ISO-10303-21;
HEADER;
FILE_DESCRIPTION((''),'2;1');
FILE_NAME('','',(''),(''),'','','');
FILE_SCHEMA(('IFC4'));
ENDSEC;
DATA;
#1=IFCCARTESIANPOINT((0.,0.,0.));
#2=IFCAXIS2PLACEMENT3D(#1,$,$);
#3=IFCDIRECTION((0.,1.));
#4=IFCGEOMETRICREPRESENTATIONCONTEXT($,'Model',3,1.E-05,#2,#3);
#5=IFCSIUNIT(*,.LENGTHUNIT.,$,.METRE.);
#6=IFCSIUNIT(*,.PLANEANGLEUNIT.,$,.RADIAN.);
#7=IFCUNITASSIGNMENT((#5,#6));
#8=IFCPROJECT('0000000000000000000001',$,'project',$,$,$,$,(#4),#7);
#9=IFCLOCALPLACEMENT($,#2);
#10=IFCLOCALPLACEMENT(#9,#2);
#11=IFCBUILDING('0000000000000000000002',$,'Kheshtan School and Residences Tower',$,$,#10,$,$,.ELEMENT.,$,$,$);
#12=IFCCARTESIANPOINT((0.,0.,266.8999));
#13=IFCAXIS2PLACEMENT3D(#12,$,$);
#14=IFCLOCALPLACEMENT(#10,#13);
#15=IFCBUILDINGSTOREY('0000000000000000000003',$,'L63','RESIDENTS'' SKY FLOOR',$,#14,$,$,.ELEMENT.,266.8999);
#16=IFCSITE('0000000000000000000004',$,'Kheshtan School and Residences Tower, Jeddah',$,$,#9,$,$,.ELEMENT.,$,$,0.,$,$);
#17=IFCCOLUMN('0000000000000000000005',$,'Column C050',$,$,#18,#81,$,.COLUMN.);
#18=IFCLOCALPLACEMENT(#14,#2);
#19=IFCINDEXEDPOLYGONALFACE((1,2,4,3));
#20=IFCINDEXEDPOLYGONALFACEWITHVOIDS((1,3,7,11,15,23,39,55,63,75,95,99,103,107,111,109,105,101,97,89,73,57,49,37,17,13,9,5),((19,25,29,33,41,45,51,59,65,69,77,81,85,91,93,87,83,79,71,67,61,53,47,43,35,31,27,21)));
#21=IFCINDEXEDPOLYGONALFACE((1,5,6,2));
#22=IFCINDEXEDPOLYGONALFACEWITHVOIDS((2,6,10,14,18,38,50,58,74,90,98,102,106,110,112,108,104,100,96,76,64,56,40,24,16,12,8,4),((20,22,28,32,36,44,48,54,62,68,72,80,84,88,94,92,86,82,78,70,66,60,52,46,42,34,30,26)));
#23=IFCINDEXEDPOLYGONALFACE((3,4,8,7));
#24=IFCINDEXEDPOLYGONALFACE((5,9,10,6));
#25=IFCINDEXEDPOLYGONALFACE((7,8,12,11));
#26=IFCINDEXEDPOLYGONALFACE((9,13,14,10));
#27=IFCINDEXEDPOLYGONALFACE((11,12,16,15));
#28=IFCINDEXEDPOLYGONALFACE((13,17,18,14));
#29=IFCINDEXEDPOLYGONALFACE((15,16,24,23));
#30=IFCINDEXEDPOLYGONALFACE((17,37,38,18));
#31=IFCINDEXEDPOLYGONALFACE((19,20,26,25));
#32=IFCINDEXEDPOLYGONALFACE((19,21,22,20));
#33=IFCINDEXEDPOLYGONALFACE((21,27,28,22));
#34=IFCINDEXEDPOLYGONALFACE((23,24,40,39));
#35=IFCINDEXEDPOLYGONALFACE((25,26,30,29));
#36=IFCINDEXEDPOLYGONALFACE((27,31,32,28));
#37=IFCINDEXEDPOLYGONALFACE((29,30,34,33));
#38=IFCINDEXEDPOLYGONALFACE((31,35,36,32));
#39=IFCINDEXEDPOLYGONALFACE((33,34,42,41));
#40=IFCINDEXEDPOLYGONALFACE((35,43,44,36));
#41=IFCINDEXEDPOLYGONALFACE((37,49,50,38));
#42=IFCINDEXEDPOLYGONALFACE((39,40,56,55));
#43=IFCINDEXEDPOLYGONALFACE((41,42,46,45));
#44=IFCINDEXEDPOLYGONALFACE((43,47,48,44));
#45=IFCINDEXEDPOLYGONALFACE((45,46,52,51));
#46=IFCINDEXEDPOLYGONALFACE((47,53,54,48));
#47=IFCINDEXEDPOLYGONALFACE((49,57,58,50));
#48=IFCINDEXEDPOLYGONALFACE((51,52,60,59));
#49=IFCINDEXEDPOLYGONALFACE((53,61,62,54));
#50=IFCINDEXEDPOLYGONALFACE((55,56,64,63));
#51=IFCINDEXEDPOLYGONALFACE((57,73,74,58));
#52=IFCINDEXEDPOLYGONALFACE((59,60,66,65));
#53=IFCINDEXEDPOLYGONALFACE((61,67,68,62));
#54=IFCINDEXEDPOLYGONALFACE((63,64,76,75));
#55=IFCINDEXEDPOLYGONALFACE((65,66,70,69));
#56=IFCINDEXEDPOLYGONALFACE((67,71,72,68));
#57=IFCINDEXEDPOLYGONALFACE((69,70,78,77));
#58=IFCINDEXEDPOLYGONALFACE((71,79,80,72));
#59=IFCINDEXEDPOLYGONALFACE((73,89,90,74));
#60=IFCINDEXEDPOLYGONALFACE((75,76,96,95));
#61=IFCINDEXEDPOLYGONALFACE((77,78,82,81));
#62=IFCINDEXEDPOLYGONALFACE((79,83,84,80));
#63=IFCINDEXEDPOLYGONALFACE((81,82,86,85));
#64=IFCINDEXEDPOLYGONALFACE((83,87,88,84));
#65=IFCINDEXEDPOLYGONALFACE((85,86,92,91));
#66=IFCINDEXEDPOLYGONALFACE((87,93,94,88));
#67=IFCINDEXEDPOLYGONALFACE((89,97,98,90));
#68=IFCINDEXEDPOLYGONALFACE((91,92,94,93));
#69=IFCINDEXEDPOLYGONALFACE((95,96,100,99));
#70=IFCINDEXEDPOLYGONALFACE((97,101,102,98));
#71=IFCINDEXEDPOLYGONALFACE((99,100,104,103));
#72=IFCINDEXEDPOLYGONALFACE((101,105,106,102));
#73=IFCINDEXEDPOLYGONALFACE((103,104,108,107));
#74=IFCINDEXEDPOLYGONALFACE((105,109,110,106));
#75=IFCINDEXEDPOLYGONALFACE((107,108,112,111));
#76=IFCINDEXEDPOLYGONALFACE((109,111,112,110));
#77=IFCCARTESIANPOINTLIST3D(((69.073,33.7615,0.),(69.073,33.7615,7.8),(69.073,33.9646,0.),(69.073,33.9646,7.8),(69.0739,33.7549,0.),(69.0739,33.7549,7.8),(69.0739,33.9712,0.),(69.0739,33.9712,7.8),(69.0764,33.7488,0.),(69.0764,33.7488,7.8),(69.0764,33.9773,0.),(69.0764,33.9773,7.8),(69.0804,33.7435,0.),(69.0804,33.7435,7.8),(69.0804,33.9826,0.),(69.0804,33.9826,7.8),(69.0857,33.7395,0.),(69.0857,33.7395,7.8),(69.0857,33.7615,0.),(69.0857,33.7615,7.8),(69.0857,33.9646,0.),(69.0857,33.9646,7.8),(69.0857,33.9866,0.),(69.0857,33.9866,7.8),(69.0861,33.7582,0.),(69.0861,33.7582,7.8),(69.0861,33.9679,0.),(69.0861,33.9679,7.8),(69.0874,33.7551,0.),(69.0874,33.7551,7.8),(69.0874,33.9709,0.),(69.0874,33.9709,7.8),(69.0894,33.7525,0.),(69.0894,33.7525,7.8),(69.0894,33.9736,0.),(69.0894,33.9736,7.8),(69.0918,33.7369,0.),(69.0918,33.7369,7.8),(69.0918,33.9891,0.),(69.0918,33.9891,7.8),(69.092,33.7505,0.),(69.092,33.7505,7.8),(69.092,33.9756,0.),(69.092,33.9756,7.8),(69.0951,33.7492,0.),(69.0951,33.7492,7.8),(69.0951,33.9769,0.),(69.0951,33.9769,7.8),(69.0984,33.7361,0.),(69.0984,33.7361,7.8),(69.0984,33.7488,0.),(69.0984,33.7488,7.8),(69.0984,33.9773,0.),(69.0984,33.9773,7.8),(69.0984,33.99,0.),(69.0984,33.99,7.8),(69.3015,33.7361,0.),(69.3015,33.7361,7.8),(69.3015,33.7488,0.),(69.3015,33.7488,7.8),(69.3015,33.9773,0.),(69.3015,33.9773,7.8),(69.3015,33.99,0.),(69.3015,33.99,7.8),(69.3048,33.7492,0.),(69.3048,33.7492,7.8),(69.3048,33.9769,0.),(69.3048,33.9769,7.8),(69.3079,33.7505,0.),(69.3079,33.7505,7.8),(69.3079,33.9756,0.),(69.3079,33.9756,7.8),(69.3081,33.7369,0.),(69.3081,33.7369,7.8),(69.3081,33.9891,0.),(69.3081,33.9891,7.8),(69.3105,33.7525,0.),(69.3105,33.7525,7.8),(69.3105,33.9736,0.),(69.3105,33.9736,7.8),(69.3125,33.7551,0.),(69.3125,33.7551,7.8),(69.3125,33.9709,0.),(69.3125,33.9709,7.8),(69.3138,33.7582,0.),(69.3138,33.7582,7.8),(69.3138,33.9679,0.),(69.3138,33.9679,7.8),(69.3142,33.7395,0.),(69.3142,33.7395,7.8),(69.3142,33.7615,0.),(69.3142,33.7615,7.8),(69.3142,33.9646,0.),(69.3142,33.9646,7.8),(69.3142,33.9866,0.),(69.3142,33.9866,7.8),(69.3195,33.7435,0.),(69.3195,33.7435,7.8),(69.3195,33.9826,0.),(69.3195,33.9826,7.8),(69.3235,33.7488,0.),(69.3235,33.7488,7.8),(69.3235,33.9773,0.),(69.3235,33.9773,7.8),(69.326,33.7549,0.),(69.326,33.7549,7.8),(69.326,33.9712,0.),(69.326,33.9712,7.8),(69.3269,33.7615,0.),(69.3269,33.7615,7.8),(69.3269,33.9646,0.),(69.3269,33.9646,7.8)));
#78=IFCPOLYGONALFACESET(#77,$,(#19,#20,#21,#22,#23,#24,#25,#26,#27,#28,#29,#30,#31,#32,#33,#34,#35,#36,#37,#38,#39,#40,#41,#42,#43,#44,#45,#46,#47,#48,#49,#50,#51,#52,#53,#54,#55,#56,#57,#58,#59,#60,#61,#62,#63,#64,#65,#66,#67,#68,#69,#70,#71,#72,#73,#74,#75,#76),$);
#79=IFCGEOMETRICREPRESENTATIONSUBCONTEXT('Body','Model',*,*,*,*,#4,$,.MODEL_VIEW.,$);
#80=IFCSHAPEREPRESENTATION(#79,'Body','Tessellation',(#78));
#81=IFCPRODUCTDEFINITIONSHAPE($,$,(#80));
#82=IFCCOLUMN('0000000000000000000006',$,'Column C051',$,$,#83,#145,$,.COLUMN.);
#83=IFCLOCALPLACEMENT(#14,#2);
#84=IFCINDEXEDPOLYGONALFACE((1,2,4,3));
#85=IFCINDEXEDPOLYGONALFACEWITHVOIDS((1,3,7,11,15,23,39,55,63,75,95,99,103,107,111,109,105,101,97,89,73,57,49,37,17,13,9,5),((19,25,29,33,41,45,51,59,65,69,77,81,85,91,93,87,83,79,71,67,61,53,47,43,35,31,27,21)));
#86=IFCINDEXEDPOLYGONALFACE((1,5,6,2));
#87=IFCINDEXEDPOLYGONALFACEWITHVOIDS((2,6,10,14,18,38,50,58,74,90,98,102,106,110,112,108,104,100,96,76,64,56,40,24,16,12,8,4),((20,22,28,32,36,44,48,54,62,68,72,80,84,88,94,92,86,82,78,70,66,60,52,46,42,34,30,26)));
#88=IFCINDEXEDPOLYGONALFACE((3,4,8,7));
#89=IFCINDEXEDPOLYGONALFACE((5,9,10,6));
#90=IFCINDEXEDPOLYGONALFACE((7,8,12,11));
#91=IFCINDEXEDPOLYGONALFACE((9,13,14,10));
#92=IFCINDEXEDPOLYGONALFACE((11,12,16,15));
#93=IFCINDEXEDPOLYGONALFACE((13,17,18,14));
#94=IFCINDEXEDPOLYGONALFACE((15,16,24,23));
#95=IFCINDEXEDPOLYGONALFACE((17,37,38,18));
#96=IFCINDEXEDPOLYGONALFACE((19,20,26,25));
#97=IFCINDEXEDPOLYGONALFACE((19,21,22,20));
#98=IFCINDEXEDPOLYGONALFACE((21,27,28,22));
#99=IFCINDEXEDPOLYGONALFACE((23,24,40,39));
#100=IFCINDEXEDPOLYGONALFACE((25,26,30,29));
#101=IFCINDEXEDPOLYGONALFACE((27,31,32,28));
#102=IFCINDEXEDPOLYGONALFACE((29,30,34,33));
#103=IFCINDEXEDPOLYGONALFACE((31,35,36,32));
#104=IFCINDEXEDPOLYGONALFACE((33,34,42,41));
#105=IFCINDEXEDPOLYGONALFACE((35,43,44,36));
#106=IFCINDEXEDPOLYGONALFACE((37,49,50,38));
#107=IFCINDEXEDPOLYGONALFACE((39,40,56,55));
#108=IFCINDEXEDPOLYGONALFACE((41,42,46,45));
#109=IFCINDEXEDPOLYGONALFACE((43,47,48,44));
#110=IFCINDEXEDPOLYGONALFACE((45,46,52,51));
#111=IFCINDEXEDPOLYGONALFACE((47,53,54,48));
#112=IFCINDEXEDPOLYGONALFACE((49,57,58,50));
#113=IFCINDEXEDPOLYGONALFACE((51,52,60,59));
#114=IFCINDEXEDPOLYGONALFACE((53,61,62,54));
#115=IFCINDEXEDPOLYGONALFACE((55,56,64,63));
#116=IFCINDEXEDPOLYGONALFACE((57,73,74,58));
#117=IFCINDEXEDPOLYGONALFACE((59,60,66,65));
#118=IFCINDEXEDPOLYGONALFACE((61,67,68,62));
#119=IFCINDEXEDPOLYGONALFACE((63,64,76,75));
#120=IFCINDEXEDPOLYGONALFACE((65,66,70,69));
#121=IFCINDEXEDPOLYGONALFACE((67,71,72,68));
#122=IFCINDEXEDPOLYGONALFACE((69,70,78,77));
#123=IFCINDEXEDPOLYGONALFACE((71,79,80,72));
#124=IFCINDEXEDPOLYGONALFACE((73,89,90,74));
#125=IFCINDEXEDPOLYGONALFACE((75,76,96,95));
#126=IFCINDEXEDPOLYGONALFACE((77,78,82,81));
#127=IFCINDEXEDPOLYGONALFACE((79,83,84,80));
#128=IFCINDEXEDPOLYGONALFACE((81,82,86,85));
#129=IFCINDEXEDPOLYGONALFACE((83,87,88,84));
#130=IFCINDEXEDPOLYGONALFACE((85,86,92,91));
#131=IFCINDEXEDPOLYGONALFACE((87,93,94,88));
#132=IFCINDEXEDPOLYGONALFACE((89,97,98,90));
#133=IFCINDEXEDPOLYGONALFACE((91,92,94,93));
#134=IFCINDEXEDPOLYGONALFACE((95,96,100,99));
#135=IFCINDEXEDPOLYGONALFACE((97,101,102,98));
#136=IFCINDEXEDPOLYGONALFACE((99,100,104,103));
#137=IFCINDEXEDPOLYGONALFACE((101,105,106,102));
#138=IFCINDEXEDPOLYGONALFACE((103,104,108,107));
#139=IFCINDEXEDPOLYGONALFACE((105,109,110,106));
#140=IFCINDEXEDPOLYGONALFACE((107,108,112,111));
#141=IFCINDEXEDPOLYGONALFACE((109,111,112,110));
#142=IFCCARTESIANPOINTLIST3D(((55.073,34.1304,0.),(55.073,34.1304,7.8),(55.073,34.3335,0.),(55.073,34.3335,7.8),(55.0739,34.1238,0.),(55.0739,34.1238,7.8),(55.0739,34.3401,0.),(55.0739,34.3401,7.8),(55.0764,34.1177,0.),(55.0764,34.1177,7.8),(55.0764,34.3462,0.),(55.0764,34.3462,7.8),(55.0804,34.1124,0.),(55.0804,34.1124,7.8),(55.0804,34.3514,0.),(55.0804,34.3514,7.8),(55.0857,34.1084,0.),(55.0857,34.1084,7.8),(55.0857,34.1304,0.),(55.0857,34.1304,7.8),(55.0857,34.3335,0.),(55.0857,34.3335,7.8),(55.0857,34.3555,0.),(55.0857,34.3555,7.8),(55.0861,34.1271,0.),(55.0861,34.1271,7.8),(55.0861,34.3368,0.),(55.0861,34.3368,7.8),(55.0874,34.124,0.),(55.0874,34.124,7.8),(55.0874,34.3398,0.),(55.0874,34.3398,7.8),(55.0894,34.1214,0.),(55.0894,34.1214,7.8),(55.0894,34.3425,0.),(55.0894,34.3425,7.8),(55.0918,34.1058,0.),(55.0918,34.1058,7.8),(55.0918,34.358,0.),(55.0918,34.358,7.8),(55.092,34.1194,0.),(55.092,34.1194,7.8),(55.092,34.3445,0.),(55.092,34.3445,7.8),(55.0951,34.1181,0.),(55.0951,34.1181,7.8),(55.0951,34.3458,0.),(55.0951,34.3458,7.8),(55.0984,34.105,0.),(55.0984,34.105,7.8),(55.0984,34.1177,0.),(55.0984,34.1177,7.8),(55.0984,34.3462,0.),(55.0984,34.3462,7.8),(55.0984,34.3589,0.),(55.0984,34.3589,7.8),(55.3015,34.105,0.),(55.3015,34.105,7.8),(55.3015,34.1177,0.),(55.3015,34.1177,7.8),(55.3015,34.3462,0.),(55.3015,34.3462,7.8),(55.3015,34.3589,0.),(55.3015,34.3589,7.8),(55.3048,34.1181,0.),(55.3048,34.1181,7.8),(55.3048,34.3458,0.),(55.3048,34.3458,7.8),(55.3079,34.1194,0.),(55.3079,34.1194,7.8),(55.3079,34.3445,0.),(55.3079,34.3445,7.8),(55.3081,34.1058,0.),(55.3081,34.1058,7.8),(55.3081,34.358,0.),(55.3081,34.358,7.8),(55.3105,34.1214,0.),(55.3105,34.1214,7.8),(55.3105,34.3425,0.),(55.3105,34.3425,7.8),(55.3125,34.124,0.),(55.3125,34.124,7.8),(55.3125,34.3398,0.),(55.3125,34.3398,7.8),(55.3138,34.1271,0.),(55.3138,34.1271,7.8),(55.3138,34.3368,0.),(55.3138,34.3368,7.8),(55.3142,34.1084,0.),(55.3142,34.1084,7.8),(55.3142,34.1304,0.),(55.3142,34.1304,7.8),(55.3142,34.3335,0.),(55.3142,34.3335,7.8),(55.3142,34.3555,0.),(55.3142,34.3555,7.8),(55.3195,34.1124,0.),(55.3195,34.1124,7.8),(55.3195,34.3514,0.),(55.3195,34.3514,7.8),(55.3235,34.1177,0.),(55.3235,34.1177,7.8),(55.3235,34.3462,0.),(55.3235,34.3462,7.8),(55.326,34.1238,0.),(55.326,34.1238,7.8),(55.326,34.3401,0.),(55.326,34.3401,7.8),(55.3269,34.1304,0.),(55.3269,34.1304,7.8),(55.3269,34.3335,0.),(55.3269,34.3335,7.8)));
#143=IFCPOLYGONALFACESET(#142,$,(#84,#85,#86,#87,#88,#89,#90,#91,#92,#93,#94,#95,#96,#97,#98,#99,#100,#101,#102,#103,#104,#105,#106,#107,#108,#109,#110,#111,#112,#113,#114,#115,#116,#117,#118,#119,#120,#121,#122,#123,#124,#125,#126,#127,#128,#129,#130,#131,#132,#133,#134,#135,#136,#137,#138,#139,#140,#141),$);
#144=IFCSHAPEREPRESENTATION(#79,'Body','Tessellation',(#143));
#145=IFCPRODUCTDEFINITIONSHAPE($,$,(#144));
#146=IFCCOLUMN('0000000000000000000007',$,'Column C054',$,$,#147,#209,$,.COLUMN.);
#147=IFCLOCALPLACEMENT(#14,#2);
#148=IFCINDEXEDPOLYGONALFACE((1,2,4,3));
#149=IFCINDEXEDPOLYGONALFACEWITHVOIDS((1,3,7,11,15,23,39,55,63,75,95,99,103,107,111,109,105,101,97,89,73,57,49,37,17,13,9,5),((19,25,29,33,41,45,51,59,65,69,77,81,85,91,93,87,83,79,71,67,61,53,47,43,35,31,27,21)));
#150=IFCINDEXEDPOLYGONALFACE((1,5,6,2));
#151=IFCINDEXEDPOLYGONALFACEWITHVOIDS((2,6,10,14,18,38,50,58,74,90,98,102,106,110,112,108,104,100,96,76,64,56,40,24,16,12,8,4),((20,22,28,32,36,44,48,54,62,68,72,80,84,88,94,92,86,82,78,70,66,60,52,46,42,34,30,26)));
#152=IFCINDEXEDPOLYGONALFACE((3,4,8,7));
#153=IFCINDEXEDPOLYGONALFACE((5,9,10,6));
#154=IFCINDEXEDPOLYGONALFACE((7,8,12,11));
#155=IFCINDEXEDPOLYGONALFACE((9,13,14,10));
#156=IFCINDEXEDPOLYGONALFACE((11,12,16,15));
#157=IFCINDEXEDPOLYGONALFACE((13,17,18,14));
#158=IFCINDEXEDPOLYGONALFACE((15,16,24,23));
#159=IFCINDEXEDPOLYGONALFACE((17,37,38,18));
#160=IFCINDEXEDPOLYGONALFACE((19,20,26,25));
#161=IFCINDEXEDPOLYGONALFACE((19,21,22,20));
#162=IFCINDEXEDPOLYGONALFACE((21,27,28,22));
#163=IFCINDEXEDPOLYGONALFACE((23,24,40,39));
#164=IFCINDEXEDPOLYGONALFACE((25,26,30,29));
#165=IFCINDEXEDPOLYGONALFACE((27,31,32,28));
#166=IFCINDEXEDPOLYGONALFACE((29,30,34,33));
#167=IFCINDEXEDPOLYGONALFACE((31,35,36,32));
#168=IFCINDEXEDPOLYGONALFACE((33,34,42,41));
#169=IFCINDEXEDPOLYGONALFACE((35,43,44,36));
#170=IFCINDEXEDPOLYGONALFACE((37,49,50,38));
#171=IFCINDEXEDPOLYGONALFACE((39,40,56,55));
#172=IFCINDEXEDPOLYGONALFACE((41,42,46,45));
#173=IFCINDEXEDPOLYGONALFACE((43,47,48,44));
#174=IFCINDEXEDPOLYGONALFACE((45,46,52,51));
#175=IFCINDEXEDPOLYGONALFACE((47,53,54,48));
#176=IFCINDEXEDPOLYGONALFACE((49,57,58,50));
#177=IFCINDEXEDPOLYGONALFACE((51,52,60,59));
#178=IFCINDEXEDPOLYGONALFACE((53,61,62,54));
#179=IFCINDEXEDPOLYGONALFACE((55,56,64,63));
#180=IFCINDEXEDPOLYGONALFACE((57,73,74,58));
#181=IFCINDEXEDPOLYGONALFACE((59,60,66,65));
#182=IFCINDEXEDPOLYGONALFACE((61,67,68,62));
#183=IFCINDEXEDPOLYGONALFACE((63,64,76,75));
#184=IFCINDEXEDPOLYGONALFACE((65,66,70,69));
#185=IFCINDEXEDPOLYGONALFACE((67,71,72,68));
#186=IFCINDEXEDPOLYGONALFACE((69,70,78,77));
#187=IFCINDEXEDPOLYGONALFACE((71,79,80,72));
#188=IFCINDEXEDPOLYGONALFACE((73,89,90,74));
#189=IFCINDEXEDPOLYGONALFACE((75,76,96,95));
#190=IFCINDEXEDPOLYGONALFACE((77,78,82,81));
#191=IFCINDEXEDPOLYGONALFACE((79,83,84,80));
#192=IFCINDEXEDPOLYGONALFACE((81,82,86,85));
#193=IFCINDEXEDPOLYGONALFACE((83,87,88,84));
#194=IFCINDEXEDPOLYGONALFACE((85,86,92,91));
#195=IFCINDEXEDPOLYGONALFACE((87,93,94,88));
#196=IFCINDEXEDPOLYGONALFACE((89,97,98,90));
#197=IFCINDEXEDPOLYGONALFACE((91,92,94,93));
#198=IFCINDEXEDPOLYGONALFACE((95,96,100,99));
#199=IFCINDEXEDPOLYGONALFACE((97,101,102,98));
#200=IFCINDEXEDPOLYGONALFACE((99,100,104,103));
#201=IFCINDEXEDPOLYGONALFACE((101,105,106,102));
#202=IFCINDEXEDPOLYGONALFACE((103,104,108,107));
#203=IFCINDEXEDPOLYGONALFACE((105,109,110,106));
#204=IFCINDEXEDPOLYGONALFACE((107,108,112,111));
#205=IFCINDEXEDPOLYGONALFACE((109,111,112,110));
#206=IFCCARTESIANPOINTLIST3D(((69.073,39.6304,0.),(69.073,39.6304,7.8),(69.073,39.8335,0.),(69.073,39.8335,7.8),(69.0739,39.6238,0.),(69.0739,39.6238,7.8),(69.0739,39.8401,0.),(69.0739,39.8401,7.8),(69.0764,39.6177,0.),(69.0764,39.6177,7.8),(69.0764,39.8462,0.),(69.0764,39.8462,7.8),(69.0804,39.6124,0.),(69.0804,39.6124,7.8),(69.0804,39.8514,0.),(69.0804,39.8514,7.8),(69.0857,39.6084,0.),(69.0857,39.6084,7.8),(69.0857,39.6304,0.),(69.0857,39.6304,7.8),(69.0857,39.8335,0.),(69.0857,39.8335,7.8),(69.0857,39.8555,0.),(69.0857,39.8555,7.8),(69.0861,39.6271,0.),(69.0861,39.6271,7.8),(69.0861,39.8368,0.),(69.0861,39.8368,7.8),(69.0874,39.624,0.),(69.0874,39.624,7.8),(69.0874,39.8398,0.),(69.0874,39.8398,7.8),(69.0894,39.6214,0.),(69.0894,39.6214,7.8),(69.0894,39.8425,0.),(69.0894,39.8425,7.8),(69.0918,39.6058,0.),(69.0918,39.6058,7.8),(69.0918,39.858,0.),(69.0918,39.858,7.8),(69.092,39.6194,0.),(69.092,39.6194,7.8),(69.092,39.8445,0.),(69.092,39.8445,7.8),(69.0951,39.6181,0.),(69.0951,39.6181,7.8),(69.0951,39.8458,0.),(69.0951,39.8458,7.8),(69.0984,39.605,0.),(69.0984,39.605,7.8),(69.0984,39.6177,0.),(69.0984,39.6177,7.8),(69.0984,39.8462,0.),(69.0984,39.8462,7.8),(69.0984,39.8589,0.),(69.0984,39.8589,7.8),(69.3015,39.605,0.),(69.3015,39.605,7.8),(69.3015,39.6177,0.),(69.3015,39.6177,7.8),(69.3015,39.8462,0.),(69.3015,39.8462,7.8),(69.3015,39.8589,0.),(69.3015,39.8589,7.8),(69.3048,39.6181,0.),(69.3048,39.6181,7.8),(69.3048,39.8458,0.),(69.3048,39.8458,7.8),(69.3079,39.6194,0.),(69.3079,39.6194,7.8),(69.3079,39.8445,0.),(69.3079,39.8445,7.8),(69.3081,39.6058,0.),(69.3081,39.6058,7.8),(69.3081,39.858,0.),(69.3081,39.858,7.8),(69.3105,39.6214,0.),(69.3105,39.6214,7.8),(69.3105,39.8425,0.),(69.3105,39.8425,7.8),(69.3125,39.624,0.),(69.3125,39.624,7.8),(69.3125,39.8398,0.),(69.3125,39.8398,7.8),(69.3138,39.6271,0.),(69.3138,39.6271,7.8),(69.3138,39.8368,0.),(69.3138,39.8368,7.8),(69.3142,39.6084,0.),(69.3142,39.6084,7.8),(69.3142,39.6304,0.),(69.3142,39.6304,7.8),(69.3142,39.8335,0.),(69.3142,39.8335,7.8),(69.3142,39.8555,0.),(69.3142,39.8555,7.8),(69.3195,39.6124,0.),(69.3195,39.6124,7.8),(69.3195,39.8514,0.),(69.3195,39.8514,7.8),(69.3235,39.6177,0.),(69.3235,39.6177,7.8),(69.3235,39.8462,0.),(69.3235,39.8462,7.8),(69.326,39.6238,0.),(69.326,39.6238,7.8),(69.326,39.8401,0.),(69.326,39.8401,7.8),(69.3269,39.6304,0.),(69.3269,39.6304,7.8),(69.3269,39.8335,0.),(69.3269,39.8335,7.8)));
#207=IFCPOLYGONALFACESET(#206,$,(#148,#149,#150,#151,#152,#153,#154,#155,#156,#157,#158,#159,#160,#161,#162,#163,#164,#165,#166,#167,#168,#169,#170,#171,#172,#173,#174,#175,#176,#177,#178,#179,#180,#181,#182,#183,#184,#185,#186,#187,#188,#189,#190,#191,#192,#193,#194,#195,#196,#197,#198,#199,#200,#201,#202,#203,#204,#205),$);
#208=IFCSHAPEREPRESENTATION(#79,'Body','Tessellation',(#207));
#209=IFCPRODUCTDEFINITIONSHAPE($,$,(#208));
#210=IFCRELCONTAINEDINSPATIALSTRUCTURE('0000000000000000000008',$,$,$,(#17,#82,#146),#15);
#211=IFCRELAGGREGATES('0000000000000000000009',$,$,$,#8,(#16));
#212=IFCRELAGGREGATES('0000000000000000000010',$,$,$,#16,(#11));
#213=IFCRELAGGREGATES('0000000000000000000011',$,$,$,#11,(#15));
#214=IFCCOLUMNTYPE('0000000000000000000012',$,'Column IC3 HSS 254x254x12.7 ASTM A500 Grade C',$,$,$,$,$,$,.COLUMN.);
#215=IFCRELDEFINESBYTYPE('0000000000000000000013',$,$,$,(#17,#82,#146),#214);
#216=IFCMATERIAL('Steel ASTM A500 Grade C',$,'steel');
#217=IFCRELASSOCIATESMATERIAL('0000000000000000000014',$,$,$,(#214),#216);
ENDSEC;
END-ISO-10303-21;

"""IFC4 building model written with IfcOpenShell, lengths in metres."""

from ifc_helpers import new_model, si_unit, direction, frame, origin, origin_2d, place, context, subcontext, project, spatial, hollow_rectangle, extrude, material, material_profile, profile_set, type_object, element, save


model = new_model("IFC4")

# Units and contexts
model_context = context("Model", 3, precision=1e-05, world=origin(), true_north=direction((0.0, 1.0)))
body_context = subcontext(model_context, "Body", "Model", "MODEL_VIEW")
ifc_project = project(units=[si_unit("LENGTHUNIT", "METRE"), si_unit("PLANEANGLEUNIT", "RADIAN")], contexts=[model_context])

# Site, building, storey
site_placement = place(None, origin())
site = spatial("IfcSite", under=ifc_project, at=site_placement, Name="Kheshtan School and Residences Tower, Jeddah", CompositionType="ELEMENT", RefElevation=0.0)
building_placement = place(site_placement, origin())
building = spatial("IfcBuilding", under=site, at=building_placement, Name="Kheshtan School and Residences Tower", CompositionType="ELEMENT")
storey_placement = place(building_placement, frame((0.0, 0.0, 266.8999)))
storey = spatial("IfcBuildingStorey", under=building, at=storey_placement, Name="L63", Description="RESIDENTS' SKY FLOOR", CompositionType="ELEMENT", Elevation=266.8999)

# Columns
ifc_material_1 = material(Name="Steel ASTM A500 Grade C", Category="steel")
ifc_material_profile_1 = material_profile(ifc_material_1, hollow_rectangle(XDim=0.2539, YDim=0.2539, WallThickness=0.0127, InnerFilletRadius=0.0127, OuterFilletRadius=0.0254, at=origin_2d()), Name="HSS 254x254x12.7")
ifc_profile_set_1 = profile_set([ifc_material_profile_1], Name="Steel ASTM A500 Grade C")
column_type_1 = type_object("IfcColumnType", Name="Column IC3 HSS 254x254x12.7 ASTM A500 Grade C", PredefinedType="COLUMN", material=ifc_profile_set_1)
for number, where, z_axis, x_axis, name in (
    (1, (69.2, 33.863, 0.0), (0.0, 0.0, 1.0), (1.0, 0.0, 0.0), "Column C050"),
    (2, (55.2, 34.2319, 0.0), (0.0, 0.0, 1.0), (1.0, 0.0, 0.0), "Column C051"),
    (3, (69.2, 39.7319, 0.0), (0.0, 0.0, 1.0), (1.0, 0.0, 0.0), "Column C054"),
):
    element("IfcColumn", number, at=place(storey_placement, frame(where, z_axis=z_axis, x_axis=x_axis)), inside=storey, type_object=column_type_1, Name=name, PredefinedType="COLUMN", context=body_context, shape_type="SweptSolid", body=[
        extrude(hollow_rectangle(XDim=0.2539, YDim=0.2539, WallThickness=0.0127, InnerFilletRadius=0.0127, OuterFilletRadius=0.0254, at=origin_2d()), origin(), (0.0, 0.0, 1.0), 7.8),
    ])

save(model, "model.ifc")
